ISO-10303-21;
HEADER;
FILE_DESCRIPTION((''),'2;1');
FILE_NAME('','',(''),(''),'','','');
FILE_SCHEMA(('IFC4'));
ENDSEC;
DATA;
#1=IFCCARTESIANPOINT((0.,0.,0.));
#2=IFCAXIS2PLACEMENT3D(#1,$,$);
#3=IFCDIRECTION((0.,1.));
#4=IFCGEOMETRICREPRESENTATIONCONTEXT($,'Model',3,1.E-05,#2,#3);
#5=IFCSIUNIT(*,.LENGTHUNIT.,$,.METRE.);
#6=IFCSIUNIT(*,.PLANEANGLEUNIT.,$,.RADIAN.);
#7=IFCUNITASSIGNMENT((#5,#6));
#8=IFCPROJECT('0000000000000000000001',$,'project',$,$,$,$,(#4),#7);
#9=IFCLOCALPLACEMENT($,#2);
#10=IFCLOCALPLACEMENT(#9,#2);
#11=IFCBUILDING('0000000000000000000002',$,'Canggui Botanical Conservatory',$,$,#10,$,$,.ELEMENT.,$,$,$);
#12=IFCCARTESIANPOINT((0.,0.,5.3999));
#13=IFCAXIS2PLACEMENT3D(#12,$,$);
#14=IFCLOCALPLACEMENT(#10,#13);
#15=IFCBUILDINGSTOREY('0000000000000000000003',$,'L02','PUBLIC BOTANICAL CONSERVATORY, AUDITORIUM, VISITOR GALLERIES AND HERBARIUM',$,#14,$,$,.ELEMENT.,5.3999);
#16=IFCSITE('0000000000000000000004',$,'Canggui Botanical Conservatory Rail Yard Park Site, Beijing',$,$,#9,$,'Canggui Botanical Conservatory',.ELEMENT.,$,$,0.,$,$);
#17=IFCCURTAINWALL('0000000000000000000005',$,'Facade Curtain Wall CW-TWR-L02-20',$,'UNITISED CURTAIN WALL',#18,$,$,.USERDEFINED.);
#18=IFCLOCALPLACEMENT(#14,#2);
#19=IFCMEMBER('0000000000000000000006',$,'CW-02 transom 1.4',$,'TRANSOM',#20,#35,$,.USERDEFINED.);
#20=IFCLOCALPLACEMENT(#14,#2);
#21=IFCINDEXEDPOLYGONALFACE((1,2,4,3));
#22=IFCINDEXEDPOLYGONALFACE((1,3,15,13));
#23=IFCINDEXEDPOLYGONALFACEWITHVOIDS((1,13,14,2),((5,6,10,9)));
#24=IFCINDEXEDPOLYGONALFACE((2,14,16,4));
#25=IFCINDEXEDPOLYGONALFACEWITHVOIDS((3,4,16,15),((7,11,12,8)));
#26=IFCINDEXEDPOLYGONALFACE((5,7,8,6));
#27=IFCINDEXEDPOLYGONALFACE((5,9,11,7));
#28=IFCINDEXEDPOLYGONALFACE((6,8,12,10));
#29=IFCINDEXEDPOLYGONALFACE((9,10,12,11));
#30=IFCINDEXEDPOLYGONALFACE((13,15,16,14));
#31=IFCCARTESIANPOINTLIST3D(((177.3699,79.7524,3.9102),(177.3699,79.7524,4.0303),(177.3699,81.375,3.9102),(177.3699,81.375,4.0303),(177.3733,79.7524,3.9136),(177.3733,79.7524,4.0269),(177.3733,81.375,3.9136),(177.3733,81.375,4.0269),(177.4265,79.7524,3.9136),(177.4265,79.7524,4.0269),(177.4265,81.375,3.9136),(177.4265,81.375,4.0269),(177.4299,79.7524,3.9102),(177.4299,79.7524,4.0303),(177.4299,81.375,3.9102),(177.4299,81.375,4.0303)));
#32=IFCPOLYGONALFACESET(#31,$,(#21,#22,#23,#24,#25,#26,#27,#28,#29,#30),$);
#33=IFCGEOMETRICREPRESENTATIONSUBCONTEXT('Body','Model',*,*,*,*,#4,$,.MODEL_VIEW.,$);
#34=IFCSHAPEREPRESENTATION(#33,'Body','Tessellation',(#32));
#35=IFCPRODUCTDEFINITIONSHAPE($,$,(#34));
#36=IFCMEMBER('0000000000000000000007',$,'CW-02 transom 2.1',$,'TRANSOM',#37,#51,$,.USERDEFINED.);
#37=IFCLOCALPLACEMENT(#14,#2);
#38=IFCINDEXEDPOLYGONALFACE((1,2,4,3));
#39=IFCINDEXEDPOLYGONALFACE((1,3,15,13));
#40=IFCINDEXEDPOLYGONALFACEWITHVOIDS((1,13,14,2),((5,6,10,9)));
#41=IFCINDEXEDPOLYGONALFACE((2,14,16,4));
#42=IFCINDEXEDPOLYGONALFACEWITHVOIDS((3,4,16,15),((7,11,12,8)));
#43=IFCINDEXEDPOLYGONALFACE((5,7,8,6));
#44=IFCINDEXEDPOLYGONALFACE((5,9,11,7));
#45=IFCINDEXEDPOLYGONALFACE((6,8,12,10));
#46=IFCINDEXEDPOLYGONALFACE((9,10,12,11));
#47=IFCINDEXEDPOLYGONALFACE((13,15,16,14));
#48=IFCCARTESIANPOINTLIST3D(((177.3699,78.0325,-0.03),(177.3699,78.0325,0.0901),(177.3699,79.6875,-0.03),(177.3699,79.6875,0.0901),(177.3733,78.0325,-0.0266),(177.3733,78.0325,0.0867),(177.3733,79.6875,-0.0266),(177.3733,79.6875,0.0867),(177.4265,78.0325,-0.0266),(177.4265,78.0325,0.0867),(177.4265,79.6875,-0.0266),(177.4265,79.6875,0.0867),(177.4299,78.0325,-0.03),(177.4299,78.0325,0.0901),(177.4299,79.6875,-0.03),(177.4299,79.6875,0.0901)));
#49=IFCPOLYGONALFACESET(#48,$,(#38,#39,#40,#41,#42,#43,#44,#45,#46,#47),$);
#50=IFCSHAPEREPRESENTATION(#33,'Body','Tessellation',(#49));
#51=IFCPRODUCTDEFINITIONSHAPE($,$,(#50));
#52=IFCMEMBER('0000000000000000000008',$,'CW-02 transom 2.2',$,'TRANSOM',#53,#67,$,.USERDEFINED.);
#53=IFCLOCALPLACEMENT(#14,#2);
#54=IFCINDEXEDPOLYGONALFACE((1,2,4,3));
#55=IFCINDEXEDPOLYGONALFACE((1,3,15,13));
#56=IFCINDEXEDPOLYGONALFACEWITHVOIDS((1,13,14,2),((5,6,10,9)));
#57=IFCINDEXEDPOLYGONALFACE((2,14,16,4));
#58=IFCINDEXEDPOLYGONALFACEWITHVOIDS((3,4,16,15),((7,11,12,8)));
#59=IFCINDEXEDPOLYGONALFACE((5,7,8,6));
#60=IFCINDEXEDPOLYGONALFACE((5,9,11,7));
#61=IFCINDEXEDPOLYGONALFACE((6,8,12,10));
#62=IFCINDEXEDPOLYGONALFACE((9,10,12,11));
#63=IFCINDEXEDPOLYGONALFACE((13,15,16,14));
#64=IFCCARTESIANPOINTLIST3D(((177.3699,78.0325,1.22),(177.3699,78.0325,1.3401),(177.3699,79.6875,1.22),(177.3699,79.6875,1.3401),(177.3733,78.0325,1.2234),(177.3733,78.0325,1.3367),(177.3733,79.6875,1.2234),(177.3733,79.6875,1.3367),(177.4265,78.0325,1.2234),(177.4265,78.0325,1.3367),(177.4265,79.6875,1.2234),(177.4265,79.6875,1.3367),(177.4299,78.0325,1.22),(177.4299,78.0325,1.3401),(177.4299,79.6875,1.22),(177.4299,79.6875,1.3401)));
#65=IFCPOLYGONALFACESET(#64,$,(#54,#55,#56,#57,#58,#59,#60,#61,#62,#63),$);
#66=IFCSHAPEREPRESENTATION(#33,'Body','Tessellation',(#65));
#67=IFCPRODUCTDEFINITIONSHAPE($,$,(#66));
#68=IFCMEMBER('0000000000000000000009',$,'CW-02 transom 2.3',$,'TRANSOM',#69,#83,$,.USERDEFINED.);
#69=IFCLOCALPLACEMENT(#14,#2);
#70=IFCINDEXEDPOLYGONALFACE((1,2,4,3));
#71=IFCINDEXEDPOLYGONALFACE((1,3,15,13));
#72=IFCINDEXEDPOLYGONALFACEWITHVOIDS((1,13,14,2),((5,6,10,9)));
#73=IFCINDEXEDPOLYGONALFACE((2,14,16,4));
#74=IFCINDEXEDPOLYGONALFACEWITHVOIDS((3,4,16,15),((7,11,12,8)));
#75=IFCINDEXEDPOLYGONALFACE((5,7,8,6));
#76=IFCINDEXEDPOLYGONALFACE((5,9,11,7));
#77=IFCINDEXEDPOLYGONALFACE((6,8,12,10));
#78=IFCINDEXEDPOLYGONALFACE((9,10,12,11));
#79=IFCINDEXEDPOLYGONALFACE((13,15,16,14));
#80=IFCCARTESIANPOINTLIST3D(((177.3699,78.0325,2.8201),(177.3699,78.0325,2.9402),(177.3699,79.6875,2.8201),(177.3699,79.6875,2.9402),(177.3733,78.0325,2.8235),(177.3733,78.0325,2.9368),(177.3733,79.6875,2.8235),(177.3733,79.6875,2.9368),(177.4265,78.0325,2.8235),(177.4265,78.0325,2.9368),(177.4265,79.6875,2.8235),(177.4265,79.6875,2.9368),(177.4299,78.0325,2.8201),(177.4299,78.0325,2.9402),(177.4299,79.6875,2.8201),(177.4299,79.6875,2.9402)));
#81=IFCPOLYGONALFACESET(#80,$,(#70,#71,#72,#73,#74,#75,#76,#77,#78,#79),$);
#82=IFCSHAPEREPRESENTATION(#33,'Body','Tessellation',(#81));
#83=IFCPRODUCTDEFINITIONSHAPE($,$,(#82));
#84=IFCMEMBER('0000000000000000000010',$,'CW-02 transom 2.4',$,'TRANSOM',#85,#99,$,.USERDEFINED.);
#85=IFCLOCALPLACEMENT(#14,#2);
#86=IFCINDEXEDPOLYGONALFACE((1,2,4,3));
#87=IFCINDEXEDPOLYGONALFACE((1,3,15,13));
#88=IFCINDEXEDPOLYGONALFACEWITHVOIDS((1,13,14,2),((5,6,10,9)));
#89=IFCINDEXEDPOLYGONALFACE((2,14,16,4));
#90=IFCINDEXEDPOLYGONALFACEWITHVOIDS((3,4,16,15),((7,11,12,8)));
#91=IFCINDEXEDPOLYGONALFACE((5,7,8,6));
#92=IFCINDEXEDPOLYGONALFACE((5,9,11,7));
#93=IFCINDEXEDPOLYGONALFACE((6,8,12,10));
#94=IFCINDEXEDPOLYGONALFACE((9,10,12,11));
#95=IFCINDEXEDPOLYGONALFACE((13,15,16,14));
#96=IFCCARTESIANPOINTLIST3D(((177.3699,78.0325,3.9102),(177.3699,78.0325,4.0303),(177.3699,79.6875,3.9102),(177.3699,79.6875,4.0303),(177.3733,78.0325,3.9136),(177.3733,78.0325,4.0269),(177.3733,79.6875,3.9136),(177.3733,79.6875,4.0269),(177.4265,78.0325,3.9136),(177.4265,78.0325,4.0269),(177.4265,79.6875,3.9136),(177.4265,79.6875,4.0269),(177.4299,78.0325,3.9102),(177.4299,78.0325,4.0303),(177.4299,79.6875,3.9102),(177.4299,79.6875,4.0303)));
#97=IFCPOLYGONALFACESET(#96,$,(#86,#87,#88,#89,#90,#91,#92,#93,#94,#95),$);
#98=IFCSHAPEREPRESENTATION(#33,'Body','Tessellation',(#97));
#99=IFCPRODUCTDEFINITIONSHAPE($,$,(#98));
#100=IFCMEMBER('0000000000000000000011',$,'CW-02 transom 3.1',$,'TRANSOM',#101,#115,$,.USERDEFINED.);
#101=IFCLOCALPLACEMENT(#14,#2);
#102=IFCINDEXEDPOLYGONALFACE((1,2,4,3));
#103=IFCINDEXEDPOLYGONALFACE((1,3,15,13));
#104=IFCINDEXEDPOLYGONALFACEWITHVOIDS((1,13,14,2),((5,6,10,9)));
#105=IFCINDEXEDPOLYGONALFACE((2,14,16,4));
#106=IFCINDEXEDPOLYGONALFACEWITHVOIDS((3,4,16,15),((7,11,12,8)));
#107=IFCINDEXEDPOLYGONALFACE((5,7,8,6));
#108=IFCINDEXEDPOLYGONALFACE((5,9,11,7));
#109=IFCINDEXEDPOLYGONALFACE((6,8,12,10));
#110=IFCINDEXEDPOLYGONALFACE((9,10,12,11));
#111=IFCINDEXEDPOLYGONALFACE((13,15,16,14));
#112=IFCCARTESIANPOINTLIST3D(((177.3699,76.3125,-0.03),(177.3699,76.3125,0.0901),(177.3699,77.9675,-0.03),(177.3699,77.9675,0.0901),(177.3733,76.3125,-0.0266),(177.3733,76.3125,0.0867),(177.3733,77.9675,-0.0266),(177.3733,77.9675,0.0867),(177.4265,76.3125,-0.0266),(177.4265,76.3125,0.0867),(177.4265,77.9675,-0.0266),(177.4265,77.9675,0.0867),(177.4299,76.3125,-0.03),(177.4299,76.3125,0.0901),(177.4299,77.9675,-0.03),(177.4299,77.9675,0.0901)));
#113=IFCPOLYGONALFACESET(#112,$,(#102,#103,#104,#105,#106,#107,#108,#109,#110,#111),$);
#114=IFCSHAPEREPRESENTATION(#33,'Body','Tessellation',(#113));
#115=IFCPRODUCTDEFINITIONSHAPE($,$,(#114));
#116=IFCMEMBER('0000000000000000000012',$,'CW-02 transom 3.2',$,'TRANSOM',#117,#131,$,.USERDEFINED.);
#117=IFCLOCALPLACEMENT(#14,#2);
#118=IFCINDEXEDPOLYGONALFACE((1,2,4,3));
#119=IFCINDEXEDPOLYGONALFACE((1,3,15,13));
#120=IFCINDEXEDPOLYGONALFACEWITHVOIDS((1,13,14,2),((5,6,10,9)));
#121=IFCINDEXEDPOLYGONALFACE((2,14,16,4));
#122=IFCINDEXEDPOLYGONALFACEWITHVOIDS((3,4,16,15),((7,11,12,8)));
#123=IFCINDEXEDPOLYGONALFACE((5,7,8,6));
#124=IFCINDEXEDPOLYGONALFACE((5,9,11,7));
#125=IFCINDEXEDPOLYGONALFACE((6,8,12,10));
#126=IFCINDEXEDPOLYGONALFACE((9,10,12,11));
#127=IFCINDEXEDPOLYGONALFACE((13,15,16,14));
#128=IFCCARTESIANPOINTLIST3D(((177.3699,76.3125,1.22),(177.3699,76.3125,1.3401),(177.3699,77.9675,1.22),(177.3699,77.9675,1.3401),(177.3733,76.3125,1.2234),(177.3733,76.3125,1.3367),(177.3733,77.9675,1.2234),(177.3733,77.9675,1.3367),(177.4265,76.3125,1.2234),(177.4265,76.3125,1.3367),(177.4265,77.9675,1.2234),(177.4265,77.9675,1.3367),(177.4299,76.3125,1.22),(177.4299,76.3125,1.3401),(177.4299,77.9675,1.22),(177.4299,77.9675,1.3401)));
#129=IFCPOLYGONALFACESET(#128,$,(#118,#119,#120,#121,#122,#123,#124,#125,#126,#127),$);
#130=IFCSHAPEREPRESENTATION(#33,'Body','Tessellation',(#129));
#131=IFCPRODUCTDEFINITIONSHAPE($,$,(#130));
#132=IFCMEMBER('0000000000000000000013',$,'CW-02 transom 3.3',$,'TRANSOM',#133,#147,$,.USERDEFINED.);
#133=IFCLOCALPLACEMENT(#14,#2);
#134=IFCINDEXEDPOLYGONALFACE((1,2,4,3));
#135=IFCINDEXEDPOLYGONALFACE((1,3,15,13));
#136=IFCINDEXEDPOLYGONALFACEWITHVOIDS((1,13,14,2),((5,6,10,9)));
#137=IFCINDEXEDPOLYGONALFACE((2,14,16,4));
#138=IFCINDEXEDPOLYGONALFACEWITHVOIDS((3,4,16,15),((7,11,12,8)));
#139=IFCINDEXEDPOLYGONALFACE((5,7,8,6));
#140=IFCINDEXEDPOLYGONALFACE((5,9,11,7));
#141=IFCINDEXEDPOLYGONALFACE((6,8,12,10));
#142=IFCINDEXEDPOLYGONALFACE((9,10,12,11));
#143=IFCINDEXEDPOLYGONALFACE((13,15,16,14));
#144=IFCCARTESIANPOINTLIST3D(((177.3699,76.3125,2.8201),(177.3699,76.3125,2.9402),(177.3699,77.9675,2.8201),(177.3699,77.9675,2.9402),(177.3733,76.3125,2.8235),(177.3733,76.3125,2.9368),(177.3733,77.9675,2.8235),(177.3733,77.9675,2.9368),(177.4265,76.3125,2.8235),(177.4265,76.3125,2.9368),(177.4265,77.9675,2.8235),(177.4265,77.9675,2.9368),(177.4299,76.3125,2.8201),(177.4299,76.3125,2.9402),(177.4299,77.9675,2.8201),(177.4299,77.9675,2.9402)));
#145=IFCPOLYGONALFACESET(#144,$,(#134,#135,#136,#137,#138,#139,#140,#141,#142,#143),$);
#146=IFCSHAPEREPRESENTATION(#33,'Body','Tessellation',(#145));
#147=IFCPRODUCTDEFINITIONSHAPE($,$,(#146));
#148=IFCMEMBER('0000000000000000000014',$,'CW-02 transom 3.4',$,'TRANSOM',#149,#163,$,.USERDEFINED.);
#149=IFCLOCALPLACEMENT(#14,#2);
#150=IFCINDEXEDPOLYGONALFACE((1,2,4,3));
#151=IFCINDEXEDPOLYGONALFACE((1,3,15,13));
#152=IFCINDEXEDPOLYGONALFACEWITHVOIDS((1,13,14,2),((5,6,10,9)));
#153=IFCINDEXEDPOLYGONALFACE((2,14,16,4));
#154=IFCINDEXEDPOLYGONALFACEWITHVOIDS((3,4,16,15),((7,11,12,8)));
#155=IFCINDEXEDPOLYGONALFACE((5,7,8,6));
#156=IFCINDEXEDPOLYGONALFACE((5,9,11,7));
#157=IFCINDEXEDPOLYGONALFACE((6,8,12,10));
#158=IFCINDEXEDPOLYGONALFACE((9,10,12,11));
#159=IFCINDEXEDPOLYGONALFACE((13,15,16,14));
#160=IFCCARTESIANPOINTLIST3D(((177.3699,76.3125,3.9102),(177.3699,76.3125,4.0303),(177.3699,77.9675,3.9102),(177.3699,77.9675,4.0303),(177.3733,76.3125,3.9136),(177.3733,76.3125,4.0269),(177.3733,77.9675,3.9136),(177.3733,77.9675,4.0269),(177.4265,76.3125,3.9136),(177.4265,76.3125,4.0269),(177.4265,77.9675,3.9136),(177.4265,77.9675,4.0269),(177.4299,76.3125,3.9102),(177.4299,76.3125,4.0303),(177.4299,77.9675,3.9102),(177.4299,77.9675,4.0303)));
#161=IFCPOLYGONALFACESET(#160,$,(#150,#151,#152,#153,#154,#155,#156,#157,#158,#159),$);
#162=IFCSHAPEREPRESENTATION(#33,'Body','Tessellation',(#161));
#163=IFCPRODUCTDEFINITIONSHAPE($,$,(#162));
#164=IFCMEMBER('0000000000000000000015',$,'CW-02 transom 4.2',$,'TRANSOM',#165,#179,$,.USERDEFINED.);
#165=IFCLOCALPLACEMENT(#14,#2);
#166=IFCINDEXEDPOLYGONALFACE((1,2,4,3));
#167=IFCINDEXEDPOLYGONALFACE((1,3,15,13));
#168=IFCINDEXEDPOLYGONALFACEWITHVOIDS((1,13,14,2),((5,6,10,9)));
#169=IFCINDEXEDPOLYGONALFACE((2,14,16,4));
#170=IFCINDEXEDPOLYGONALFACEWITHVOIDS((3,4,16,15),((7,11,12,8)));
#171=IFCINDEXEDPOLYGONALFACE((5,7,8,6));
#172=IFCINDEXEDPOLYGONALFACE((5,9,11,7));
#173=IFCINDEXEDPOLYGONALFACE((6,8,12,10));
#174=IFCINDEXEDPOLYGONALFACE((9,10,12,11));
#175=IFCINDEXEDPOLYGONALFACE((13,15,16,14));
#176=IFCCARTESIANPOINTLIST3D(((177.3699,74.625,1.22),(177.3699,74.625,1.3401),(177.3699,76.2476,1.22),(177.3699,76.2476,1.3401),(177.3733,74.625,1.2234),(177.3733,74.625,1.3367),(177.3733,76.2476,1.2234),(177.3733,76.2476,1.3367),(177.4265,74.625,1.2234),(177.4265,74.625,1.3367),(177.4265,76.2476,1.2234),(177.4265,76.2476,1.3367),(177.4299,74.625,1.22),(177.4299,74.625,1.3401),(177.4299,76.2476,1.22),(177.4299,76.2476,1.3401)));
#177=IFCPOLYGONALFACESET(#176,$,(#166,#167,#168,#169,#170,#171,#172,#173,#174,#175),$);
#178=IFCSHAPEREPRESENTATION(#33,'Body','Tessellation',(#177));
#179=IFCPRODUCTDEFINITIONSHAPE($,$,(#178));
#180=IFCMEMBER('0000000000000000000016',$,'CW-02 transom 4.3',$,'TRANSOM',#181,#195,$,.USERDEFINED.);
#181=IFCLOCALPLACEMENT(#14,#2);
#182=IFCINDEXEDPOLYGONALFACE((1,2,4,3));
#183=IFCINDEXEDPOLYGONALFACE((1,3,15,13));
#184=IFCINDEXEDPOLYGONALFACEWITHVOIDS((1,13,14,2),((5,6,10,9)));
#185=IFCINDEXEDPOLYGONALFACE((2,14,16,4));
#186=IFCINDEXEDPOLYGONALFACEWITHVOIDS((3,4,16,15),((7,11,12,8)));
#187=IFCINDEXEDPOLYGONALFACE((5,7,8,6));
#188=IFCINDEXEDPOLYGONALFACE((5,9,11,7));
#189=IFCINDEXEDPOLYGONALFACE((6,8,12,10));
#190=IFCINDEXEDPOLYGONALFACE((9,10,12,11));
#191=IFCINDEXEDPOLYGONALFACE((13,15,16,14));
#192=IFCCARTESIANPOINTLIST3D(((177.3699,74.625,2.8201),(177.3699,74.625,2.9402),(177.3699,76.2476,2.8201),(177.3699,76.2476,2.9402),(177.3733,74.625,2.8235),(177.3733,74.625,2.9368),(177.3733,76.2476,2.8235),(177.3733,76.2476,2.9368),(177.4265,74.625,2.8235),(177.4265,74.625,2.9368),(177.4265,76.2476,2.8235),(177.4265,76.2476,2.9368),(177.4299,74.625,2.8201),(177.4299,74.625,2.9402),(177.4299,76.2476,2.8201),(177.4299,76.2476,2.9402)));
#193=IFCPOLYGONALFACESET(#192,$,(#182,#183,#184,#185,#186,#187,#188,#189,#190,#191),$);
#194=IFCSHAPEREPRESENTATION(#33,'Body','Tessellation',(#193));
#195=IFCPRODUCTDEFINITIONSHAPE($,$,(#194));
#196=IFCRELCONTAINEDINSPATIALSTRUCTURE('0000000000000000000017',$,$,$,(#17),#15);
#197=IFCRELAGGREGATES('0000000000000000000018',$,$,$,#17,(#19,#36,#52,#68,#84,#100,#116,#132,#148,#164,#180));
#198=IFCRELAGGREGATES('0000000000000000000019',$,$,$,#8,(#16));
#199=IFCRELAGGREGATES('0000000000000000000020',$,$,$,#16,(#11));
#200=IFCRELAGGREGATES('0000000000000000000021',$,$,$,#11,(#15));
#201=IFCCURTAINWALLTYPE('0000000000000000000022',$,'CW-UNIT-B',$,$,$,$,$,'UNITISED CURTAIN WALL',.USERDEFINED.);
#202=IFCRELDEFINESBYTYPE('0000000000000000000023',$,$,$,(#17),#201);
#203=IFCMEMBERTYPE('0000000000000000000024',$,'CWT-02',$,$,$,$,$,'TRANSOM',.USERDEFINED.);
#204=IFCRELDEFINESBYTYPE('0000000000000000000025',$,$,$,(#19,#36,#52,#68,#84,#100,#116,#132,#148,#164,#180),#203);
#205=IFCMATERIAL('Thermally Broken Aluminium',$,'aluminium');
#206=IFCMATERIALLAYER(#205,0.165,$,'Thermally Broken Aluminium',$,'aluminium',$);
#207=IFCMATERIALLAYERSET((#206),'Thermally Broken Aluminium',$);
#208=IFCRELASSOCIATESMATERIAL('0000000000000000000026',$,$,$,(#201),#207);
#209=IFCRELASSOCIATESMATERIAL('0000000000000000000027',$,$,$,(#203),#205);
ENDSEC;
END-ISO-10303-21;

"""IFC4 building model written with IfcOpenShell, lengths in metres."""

from ifc_helpers import new_model, si_unit, direction, frame, origin, origin_2d, place, context, subcontext, project, spatial, hollow_rectangle, extrude, material, layer, layer_set, material_profile, profile_set, type_object, element, aggregate, save


model = new_model("IFC4")

# Units and contexts
model_context = context("Model", 3, precision=1e-05, world=origin(), true_north=direction((0.0, 1.0)))
body_context = subcontext(model_context, "Body", "Model", "MODEL_VIEW")
ifc_project = project(units=[si_unit("LENGTHUNIT", "METRE"), si_unit("PLANEANGLEUNIT", "RADIAN")], contexts=[model_context])

# Site, building, storey
site_placement = place(None, origin())
site = spatial("IfcSite", under=ifc_project, at=site_placement, Name="Canggui Botanical Conservatory Rail Yard Park Site, Beijing", LongName="Canggui Botanical Conservatory", CompositionType="ELEMENT", RefElevation=0.0)
building_placement = place(site_placement, origin())
building = spatial("IfcBuilding", under=site, at=building_placement, Name="Canggui Botanical Conservatory", CompositionType="ELEMENT")
storey_placement = place(building_placement, frame((0.0, 0.0, 5.3999)))
storey = spatial("IfcBuildingStorey", under=building, at=storey_placement, Name="L02", Description="PUBLIC BOTANICAL CONSERVATORY, AUDITORIUM, VISITOR GALLERIES AND HERBARIUM", CompositionType="ELEMENT", Elevation=5.3999)

# Shared definitions
ifc_material_1 = material(Name="Thermally Broken Aluminium", Category="aluminium")
ifc_layer_1 = layer(ifc_material_1, 0.165, Name="Thermally Broken Aluminium", Category="aluminium")
ifc_layer_set_1 = layer_set([ifc_layer_1], Name="Thermally Broken Aluminium")
curtain_wall_type = type_object("IfcCurtainWallType", Name="CW-UNIT-B", ElementType="UNITISED CURTAIN WALL", PredefinedType="USERDEFINED", material=ifc_layer_set_1)

# Curtain wall, members
curtain_wall_1_placement = place(storey_placement, origin())
curtain_wall_1 = element("IfcCurtainWall", 1, at=curtain_wall_1_placement, inside=storey, type_object=curtain_wall_type, Name="Facade Curtain Wall CW-TWR-L02-20", ObjectType="UNITISED CURTAIN WALL", PredefinedType="USERDEFINED")
ifc_material_profile_1 = material_profile(ifc_material_1, hollow_rectangle(XDim=0.0601, YDim=0.1201, WallThickness=0.0034, at=origin_2d()), Name="CWT 60x120x3.5")
ifc_profile_set_1 = profile_set([ifc_material_profile_1], Name="Thermally Broken Aluminium")
member_type_1 = type_object("IfcMemberType", Name="CWT-02", ElementType="TRANSOM", PredefinedType="USERDEFINED", material=ifc_profile_set_1)
member_1_placement = place(storey_placement, frame((177.3999, 81.375, 3.9702), z_axis=(0.0, -1.0, 0.0), x_axis=(1.0, 0.0, 0.0)))
member_1 = element("IfcMember", 2, at=member_1_placement, type_object=member_type_1, Name="CW-02 transom 1.4", ObjectType="TRANSOM", PredefinedType="USERDEFINED", context=body_context, shape_type="SweptSolid", body=[
    extrude(hollow_rectangle(XDim=0.0601, YDim=0.1201, WallThickness=0.0034, at=origin_2d()), origin(), (0.0, 0.0, 1.0), 1.6226),
])
member_2_placement = place(storey_placement, frame((177.3999, 79.6875, 0.03), z_axis=(0.0, -1.0, 0.0), x_axis=(1.0, 0.0, 0.0)))
member_2 = element("IfcMember", 3, at=member_2_placement, type_object=member_type_1, Name="CW-02 transom 2.1", ObjectType="TRANSOM", PredefinedType="USERDEFINED", context=body_context, shape_type="SweptSolid", body=[
    extrude(hollow_rectangle(XDim=0.0601, YDim=0.1201, WallThickness=0.0034, at=origin_2d()), origin(), (0.0, 0.0, 1.0), 1.655),
])
member_3_placement = place(storey_placement, frame((177.3999, 79.6875, 1.28), z_axis=(0.0, -1.0, 0.0), x_axis=(1.0, 0.0, 0.0)))
member_3 = element("IfcMember", 4, at=member_3_placement, type_object=member_type_1, Name="CW-02 transom 2.2", ObjectType="TRANSOM", PredefinedType="USERDEFINED", context=body_context, shape_type="SweptSolid", body=[
    extrude(hollow_rectangle(XDim=0.0601, YDim=0.1201, WallThickness=0.0034, at=origin_2d()), origin(), (0.0, 0.0, 1.0), 1.655),
])
member_4_placement = place(storey_placement, frame((177.3999, 79.6875, 2.8801), z_axis=(0.0, -1.0, 0.0), x_axis=(1.0, 0.0, 0.0)))
member_4 = element("IfcMember", 5, at=member_4_placement, type_object=member_type_1, Name="CW-02 transom 2.3", ObjectType="TRANSOM", PredefinedType="USERDEFINED", context=body_context, shape_type="SweptSolid", body=[
    extrude(hollow_rectangle(XDim=0.0601, YDim=0.1201, WallThickness=0.0034, at=origin_2d()), origin(), (0.0, 0.0, 1.0), 1.655),
])
member_5_placement = place(storey_placement, frame((177.3999, 79.6875, 3.9702), z_axis=(0.0, -1.0, 0.0), x_axis=(1.0, 0.0, 0.0)))
member_5 = element("IfcMember", 6, at=member_5_placement, type_object=member_type_1, Name="CW-02 transom 2.4", ObjectType="TRANSOM", PredefinedType="USERDEFINED", context=body_context, shape_type="SweptSolid", body=[
    extrude(hollow_rectangle(XDim=0.0601, YDim=0.1201, WallThickness=0.0034, at=origin_2d()), origin(), (0.0, 0.0, 1.0), 1.655),
])
member_6_placement = place(storey_placement, frame((177.3999, 77.9675, 0.03), z_axis=(0.0, -1.0, 0.0), x_axis=(1.0, 0.0, 0.0)))
member_6 = element("IfcMember", 7, at=member_6_placement, type_object=member_type_1, Name="CW-02 transom 3.1", ObjectType="TRANSOM", PredefinedType="USERDEFINED", context=body_context, shape_type="SweptSolid", body=[
    extrude(hollow_rectangle(XDim=0.0601, YDim=0.1201, WallThickness=0.0034, at=origin_2d()), origin(), (0.0, 0.0, 1.0), 1.655),
])
member_7_placement = place(storey_placement, frame((177.3999, 77.9675, 1.28), z_axis=(0.0, -1.0, 0.0), x_axis=(1.0, 0.0, 0.0)))
member_7 = element("IfcMember", 8, at=member_7_placement, type_object=member_type_1, Name="CW-02 transom 3.2", ObjectType="TRANSOM", PredefinedType="USERDEFINED", context=body_context, shape_type="SweptSolid", body=[
    extrude(hollow_rectangle(XDim=0.0601, YDim=0.1201, WallThickness=0.0034, at=origin_2d()), origin(), (0.0, 0.0, 1.0), 1.655),
])
member_8_placement = place(storey_placement, frame((177.3999, 77.9675, 2.8801), z_axis=(0.0, -1.0, 0.0), x_axis=(1.0, 0.0, 0.0)))
member_8 = element("IfcMember", 9, at=member_8_placement, type_object=member_type_1, Name="CW-02 transom 3.3", ObjectType="TRANSOM", PredefinedType="USERDEFINED", context=body_context, shape_type="SweptSolid", body=[
    extrude(hollow_rectangle(XDim=0.0601, YDim=0.1201, WallThickness=0.0034, at=origin_2d()), origin(), (0.0, 0.0, 1.0), 1.655),
])
member_9_placement = place(storey_placement, frame((177.3999, 77.9675, 3.9702), z_axis=(0.0, -1.0, 0.0), x_axis=(1.0, 0.0, 0.0)))
member_9 = element("IfcMember", 10, at=member_9_placement, type_object=member_type_1, Name="CW-02 transom 3.4", ObjectType="TRANSOM", PredefinedType="USERDEFINED", context=body_context, shape_type="SweptSolid", body=[
    extrude(hollow_rectangle(XDim=0.0601, YDim=0.1201, WallThickness=0.0034, at=origin_2d()), origin(), (0.0, 0.0, 1.0), 1.655),
])
member_10_placement = place(storey_placement, frame((177.3999, 76.2476, 1.28), z_axis=(0.0, -1.0, 0.0), x_axis=(1.0, 0.0, 0.0)))
member_10 = element("IfcMember", 11, at=member_10_placement, type_object=member_type_1, Name="CW-02 transom 4.2", ObjectType="TRANSOM", PredefinedType="USERDEFINED", context=body_context, shape_type="SweptSolid", body=[
    extrude(hollow_rectangle(XDim=0.0601, YDim=0.1201, WallThickness=0.0034, at=origin_2d()), origin(), (0.0, 0.0, 1.0), 1.6226),
])
member_11_placement = place(storey_placement, frame((177.3999, 76.2476, 2.8801), z_axis=(0.0, -1.0, 0.0), x_axis=(1.0, 0.0, 0.0)))
member_11 = element("IfcMember", 12, at=member_11_placement, type_object=member_type_1, Name="CW-02 transom 4.3", ObjectType="TRANSOM", PredefinedType="USERDEFINED", context=body_context, shape_type="SweptSolid", body=[
    extrude(hollow_rectangle(XDim=0.0601, YDim=0.1201, WallThickness=0.0034, at=origin_2d()), origin(), (0.0, 0.0, 1.0), 1.6226),
])

aggregate(curtain_wall_1, [member_1, member_2, member_3, member_4, member_5, member_6, member_7, member_8, member_9, member_10, member_11])

save(model, "model.ifc")
